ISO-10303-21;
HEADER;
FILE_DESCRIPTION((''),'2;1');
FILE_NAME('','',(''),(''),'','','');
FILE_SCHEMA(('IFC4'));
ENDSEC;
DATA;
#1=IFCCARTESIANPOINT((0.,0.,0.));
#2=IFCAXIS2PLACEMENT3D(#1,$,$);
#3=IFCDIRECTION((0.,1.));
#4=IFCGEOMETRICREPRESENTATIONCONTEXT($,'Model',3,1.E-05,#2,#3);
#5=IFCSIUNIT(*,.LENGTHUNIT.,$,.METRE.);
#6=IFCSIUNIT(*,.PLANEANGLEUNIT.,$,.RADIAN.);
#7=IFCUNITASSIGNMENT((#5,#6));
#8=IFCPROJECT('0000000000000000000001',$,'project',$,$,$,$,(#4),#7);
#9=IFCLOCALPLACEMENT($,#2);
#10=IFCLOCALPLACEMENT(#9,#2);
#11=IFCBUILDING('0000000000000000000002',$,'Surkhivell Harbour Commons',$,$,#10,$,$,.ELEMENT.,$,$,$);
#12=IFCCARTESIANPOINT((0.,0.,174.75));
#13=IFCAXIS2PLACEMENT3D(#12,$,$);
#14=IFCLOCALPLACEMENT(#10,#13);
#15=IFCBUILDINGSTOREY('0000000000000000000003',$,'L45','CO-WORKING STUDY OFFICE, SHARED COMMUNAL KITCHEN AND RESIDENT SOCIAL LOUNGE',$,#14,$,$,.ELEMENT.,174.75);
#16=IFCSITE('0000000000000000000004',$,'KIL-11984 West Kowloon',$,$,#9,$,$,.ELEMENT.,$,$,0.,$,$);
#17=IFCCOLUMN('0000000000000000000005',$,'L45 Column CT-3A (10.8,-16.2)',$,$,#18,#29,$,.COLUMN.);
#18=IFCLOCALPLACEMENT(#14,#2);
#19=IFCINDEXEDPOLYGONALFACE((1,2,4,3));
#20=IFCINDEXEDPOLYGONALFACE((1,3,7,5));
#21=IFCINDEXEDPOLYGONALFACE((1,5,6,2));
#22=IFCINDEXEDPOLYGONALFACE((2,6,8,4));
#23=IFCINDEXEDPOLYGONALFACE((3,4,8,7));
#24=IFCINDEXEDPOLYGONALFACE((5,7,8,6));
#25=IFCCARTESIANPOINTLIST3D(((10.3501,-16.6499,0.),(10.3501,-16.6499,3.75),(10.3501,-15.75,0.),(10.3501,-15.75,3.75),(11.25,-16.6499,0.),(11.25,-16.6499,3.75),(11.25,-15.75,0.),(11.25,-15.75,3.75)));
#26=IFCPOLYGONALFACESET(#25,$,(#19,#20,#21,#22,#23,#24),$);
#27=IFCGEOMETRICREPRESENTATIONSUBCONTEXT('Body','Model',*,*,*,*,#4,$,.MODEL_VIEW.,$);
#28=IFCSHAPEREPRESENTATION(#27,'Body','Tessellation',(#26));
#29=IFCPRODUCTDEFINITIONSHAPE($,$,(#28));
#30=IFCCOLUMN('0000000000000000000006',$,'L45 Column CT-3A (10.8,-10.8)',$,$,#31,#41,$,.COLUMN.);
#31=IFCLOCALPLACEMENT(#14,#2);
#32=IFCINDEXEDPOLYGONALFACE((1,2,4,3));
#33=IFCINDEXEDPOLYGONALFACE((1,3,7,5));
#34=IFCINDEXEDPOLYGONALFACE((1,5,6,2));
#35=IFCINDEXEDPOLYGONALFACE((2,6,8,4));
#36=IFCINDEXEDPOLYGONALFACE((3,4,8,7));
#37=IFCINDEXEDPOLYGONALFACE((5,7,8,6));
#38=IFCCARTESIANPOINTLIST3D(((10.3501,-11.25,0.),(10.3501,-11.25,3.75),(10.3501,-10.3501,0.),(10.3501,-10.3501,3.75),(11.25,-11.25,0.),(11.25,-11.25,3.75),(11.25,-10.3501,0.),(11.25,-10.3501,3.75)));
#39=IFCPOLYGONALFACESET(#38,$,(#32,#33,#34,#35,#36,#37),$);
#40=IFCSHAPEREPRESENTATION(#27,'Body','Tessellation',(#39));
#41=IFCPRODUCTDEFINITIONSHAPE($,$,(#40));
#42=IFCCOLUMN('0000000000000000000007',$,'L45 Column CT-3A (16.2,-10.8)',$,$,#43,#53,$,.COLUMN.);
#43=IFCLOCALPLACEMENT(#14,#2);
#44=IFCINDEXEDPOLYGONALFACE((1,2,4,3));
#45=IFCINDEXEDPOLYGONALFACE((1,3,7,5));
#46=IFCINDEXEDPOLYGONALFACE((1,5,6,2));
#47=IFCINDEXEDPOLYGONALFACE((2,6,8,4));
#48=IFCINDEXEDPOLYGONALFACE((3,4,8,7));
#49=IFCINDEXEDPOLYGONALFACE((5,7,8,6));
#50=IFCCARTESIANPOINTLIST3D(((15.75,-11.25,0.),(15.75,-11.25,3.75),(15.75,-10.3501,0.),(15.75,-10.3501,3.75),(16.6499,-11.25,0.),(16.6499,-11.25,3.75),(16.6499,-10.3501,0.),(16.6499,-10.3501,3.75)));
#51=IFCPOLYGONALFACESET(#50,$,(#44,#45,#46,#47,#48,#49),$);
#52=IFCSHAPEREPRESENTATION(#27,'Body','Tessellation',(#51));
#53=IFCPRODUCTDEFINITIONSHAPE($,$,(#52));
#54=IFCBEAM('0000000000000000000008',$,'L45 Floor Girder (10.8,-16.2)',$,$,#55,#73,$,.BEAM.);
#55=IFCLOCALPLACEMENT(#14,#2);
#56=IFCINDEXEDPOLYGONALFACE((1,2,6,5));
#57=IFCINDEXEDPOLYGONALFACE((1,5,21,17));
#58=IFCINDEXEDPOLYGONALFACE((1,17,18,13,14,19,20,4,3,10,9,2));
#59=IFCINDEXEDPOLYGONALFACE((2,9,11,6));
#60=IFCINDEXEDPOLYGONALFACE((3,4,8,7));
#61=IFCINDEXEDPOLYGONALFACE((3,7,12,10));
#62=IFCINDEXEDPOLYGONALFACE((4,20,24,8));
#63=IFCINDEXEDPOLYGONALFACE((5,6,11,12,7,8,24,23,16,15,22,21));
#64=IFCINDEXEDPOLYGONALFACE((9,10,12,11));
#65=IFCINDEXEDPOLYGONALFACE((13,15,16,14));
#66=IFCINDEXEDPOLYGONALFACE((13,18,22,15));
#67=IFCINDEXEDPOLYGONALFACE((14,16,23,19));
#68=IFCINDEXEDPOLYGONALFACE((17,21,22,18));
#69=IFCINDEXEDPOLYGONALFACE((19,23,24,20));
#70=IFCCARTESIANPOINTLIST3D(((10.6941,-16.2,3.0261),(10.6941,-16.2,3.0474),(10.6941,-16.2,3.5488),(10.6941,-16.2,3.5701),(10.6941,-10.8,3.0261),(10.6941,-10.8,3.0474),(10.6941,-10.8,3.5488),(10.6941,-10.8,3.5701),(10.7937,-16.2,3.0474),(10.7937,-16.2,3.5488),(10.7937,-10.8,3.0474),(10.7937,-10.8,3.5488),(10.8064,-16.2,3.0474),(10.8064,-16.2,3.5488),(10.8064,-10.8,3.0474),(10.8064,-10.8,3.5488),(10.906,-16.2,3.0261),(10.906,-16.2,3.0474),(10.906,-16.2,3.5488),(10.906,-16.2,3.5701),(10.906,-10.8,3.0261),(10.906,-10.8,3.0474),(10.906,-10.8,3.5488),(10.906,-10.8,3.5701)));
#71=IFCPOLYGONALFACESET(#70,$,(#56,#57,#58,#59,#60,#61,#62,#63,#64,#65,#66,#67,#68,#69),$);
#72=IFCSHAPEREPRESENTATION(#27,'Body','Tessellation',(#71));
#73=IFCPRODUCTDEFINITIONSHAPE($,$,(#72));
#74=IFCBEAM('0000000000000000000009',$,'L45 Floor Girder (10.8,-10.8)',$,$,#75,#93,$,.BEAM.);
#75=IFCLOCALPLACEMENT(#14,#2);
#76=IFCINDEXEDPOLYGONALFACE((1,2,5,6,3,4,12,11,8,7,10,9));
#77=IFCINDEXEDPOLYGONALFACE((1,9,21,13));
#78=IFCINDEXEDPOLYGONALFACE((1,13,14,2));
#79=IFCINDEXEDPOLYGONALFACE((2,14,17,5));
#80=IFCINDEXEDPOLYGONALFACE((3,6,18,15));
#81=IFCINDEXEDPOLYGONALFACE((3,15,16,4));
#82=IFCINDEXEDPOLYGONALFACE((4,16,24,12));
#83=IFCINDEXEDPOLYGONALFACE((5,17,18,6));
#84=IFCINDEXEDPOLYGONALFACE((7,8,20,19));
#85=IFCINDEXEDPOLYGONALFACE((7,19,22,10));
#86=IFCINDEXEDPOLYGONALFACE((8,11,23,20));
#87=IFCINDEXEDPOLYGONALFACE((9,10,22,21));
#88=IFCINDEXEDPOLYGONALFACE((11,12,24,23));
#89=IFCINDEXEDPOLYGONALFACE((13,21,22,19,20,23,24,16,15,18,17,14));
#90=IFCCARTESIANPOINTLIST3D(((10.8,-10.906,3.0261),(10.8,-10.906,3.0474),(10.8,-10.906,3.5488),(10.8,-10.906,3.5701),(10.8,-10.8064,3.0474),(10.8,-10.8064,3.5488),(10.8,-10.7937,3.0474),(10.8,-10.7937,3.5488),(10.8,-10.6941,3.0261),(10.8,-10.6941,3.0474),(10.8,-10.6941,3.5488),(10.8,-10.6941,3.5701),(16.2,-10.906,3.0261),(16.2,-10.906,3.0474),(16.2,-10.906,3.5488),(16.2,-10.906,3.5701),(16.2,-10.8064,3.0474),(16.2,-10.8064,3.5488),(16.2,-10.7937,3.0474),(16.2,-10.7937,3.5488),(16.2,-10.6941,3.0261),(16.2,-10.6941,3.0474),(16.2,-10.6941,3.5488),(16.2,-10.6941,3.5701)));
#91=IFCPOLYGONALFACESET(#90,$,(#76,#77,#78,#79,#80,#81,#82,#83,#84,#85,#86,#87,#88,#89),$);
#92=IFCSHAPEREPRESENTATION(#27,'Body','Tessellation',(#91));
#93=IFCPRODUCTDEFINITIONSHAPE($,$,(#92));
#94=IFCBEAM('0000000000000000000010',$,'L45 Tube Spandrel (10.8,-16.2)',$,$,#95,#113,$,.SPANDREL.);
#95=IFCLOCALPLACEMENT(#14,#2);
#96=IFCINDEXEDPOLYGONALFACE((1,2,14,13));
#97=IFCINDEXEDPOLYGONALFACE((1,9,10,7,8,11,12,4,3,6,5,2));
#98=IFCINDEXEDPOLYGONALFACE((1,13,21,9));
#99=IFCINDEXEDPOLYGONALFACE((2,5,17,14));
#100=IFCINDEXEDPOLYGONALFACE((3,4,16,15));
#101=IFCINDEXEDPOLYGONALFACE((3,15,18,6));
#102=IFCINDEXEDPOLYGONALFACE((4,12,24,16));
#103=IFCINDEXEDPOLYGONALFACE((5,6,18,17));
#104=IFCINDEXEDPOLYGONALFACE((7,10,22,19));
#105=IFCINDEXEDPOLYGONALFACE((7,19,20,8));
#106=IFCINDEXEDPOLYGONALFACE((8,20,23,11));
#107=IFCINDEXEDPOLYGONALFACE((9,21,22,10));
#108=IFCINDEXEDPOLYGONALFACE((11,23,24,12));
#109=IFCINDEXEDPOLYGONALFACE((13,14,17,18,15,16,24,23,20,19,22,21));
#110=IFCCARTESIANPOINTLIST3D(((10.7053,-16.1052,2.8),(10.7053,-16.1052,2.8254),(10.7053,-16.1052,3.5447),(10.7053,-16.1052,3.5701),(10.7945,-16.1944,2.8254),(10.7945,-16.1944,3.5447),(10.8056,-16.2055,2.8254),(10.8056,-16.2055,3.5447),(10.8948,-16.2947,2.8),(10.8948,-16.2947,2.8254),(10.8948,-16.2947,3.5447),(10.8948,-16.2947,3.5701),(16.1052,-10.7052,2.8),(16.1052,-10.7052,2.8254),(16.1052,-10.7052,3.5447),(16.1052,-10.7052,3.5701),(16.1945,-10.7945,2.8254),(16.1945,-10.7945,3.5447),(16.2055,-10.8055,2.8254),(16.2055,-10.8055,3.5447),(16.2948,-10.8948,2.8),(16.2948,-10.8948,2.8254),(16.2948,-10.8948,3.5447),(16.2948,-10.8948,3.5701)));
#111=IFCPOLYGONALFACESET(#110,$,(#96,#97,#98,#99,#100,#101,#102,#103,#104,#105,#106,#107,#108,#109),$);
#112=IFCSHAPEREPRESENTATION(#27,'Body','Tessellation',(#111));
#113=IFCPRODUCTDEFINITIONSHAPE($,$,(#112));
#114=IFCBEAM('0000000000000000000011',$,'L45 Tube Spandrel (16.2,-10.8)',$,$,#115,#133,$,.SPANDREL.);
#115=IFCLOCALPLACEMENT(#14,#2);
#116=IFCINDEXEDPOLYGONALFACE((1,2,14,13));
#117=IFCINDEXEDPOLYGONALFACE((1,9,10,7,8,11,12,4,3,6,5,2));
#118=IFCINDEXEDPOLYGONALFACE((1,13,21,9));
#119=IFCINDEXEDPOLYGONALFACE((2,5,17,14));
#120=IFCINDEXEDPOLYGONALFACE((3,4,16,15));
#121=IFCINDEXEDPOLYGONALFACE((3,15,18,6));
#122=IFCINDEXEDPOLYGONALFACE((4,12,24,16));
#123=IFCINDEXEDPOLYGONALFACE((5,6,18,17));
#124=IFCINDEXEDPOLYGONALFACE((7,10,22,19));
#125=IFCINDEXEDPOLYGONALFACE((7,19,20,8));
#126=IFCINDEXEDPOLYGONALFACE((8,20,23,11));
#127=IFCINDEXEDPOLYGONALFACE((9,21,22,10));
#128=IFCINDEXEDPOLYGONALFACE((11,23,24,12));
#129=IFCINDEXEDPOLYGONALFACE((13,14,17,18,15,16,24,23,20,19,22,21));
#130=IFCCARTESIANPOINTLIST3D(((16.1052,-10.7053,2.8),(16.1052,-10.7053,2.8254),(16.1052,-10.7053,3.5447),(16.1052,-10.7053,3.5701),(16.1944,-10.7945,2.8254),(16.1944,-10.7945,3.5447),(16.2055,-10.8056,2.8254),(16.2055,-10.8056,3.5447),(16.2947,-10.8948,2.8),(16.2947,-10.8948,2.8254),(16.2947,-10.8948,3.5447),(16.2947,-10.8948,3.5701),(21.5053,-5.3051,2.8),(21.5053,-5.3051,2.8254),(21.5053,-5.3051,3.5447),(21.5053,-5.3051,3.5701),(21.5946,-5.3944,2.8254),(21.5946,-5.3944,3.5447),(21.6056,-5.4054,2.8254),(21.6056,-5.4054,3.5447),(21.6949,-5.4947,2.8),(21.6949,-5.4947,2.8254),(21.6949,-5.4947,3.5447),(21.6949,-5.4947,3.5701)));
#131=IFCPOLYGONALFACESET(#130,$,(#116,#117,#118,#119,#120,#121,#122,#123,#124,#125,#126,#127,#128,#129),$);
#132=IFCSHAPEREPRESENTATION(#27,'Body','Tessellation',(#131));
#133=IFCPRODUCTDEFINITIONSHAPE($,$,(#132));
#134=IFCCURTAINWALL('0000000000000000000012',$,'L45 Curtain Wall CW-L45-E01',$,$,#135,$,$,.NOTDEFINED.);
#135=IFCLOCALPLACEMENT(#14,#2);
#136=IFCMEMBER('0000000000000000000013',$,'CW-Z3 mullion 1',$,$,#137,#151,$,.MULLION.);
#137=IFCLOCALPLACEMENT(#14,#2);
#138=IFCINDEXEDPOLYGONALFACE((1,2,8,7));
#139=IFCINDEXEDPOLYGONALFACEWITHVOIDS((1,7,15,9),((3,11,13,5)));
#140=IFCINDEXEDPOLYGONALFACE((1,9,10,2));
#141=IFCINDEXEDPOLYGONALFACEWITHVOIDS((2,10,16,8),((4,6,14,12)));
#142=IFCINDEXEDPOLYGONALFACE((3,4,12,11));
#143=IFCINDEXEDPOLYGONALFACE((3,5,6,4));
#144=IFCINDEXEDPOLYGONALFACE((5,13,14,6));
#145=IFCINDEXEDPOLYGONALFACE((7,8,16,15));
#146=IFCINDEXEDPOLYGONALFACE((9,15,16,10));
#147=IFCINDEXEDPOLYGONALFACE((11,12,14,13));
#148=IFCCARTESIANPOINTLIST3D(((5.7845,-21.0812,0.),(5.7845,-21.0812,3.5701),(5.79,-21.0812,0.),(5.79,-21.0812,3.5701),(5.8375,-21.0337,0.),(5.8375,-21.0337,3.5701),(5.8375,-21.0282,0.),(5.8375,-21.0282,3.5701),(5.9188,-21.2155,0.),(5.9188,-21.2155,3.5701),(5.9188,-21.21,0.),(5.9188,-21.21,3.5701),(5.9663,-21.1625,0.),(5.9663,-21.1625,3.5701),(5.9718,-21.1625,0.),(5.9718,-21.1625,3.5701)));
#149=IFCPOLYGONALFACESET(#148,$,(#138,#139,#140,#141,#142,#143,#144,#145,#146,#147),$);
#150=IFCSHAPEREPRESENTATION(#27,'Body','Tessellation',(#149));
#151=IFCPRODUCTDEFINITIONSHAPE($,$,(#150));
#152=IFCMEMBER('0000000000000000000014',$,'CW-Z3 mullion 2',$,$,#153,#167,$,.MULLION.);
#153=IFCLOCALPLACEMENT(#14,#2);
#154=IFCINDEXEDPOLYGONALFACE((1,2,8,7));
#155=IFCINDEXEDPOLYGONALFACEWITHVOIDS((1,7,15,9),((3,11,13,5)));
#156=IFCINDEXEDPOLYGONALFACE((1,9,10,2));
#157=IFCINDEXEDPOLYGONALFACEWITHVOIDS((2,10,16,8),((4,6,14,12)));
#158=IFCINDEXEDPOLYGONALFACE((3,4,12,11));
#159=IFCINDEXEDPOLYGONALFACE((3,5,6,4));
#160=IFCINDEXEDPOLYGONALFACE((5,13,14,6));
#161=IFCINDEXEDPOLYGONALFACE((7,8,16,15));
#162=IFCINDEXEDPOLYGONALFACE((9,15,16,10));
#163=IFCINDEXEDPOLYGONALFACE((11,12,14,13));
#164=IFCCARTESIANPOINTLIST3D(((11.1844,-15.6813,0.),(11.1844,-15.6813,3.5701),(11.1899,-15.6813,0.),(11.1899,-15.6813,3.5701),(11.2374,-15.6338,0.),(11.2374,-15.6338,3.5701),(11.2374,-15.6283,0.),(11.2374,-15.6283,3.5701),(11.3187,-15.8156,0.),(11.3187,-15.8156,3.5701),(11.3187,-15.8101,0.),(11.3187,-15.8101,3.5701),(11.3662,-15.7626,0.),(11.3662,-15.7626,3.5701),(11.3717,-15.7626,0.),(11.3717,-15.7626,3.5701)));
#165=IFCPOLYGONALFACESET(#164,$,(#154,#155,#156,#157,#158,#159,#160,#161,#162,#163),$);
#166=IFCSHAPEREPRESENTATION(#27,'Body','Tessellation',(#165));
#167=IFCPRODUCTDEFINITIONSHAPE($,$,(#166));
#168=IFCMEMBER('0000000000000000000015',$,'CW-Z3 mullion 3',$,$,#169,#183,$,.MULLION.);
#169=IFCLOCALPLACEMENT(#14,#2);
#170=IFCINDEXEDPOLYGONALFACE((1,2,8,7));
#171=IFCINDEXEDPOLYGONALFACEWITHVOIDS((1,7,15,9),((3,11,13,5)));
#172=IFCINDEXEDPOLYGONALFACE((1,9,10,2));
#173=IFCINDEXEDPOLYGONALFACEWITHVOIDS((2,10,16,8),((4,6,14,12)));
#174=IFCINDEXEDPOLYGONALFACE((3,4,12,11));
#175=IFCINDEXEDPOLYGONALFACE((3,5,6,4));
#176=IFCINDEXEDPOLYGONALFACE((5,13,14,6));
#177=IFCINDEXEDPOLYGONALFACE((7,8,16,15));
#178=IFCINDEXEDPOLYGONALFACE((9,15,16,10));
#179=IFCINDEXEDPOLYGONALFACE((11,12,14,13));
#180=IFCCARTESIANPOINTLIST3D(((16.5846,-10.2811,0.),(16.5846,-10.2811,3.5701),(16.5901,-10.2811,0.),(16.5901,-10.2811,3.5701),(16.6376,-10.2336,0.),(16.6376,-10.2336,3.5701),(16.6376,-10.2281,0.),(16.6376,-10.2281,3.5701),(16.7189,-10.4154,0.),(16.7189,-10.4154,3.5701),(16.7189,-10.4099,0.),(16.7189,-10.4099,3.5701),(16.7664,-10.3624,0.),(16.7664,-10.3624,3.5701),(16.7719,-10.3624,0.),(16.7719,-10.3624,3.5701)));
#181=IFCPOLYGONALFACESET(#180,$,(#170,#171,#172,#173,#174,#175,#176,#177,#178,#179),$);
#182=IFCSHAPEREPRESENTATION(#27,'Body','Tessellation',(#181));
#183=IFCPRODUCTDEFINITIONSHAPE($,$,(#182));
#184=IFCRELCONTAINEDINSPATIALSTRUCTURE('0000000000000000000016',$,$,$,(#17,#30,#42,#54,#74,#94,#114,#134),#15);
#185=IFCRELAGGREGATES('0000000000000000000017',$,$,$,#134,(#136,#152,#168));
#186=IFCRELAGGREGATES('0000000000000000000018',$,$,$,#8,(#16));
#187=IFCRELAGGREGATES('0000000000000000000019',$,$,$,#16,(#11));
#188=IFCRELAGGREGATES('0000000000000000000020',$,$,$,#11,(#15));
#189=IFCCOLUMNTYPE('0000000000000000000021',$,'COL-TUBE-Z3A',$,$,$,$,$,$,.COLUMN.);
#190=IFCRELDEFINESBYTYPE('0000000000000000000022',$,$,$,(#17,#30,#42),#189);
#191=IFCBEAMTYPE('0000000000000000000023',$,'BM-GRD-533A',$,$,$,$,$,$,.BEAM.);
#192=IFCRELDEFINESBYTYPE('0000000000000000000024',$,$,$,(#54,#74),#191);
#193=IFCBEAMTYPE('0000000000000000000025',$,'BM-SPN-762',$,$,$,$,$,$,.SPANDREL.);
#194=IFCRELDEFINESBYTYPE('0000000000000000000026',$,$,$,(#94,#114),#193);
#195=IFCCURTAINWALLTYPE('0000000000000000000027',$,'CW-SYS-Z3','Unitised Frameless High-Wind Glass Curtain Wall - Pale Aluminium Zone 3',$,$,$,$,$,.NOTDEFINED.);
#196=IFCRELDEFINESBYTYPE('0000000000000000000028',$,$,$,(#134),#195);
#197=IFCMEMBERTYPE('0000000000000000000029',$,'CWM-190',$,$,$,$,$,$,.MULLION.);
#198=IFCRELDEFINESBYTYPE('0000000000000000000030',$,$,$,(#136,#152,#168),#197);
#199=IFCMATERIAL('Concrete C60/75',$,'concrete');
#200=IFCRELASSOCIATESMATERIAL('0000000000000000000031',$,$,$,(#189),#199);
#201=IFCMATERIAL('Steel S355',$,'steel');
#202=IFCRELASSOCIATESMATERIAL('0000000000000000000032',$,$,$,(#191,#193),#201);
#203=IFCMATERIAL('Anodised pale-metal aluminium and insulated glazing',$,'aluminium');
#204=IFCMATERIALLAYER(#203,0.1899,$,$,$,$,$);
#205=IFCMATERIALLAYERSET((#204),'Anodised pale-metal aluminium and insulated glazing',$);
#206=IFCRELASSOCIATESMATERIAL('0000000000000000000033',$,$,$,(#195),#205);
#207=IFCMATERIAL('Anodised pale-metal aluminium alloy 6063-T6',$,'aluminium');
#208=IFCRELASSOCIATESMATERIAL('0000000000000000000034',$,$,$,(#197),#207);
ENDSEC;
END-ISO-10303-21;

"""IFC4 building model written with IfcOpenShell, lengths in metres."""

from ifc_helpers import new_model, si_unit, direction, frame, origin, origin_2d, place, context, subcontext, project, spatial, rectangle, hollow_rectangle, i_section, extrude, material, layer, layer_set, material_profile, profile_set, type_object, element, aggregate, save


model = new_model("IFC4")

# Units and contexts
model_context = context("Model", 3, precision=1e-05, world=origin(), true_north=direction((0.0, 1.0)))
body_context = subcontext(model_context, "Body", "Model", "MODEL_VIEW")
ifc_project = project(units=[si_unit("LENGTHUNIT", "METRE"), si_unit("PLANEANGLEUNIT", "RADIAN")], contexts=[model_context])

# Site, building, storey
site_placement = place(None, origin())
site = spatial("IfcSite", under=ifc_project, at=site_placement, Name="KIL-11984 West Kowloon", CompositionType="ELEMENT", RefElevation=0.0)
building_placement = place(site_placement, origin())
building = spatial("IfcBuilding", under=site, at=building_placement, Name="Surkhivell Harbour Commons", CompositionType="ELEMENT")
storey_placement = place(building_placement, frame((0.0, 0.0, 174.75)))
storey = spatial("IfcBuildingStorey", under=building, at=storey_placement, Name="L45", Description="CO-WORKING STUDY OFFICE, SHARED COMMUNAL KITCHEN AND RESIDENT SOCIAL LOUNGE", CompositionType="ELEMENT", Elevation=174.75)

# Columns
ifc_material_1 = material(Name="Concrete C60/75", Category="concrete")
ifc_material_profile_1 = material_profile(ifc_material_1, rectangle(XDim=0.8999, YDim=0.8999, at=origin_2d()), Name="RC-COL-900x900")
ifc_profile_set_1 = profile_set([ifc_material_profile_1], Name="Concrete C60/75")
column_type = type_object("IfcColumnType", Name="COL-TUBE-Z3A", PredefinedType="COLUMN", material=ifc_profile_set_1)
for number, where, z_axis, x_axis, name in (
    (1, (10.8, -16.2, 0.0), (0.0, 0.0, 1.0), (1.0, 0.0, 0.0), "L45 Column CT-3A (10.8,-16.2)"),
    (2, (10.8, -10.8, 0.0), (0.0, 0.0, 1.0), (1.0, 0.0, 0.0), "L45 Column CT-3A (10.8,-10.8)"),
    (3, (16.2, -10.8, 0.0), (0.0, 0.0, 1.0), (1.0, 0.0, 0.0), "L45 Column CT-3A (16.2,-10.8)"),
):
    element("IfcColumn", number, at=place(storey_placement, frame(where, z_axis=z_axis, x_axis=x_axis)), inside=storey, type_object=column_type, Name=name, PredefinedType="COLUMN", context=body_context, shape_type="SweptSolid", body=[
        extrude(rectangle(XDim=0.8999, YDim=0.8999, at=origin_2d()), origin(), (0.0, 0.0, 1.0), 3.75),
    ])

# Beams
ifc_material_2 = material(Name="Steel S355", Category="steel")
ifc_material_profile_2 = material_profile(ifc_material_2, i_section(OverallWidth=0.2119, OverallDepth=0.5439, WebThickness=0.0127, FlangeThickness=0.0212, at=origin_2d()), Name="UB533x210x122")
ifc_profile_set_2 = profile_set([ifc_material_profile_2], Name="Steel S355")
beam_type_1 = type_object("IfcBeamType", Name="BM-GRD-533A", PredefinedType="BEAM", material=ifc_profile_set_2)
for number, where, z_axis, x_axis, name in (
    (4, (10.8, -16.2, 3.2981), (0.0, 1.0, 0.0), (-1.0, 0.0, 0.0), "L45 Floor Girder (10.8,-16.2)"),
    (5, (10.8, -10.8, 3.2981), (1.0, 0.0, 0.0), (0.0, 1.0, 0.0), "L45 Floor Girder (10.8,-10.8)"),
):
    element("IfcBeam", number, at=place(storey_placement, frame(where, z_axis=z_axis, x_axis=x_axis)), inside=storey, type_object=beam_type_1, Name=name, PredefinedType="BEAM", context=body_context, shape_type="SweptSolid", body=[
        extrude(i_section(OverallWidth=0.2119, OverallDepth=0.5439, WebThickness=0.0127, FlangeThickness=0.0212, at=origin_2d()), origin(), (0.0, 0.0, 1.0), 5.3999),
    ])
ifc_material_profile_3 = material_profile(ifc_material_2, i_section(OverallWidth=0.2681, OverallDepth=0.77, WebThickness=0.0156, FlangeThickness=0.0254, at=origin_2d()), Name="UB762x267x197")
ifc_profile_set_3 = profile_set([ifc_material_profile_3], Name="Steel S355")
beam_type_2 = type_object("IfcBeamType", Name="BM-SPN-762", PredefinedType="SPANDREL", material=ifc_profile_set_3)
beam_1_placement = place(storey_placement, frame((10.8, -16.2, 3.1851), z_axis=(0.707107, 0.707107, 0.0), x_axis=(-0.707107, 0.707107, 0.0)))
element("IfcBeam", 6, at=beam_1_placement, inside=storey, type_object=beam_type_2, Name="L45 Tube Spandrel (10.8,-16.2)", PredefinedType="SPANDREL", context=body_context, shape_type="SweptSolid", body=[
    extrude(i_section(OverallWidth=0.2681, OverallDepth=0.77, WebThickness=0.0156, FlangeThickness=0.0254, at=origin_2d()), origin(), (0.0, 0.0, 1.0), 7.6367),
])
beam_2_placement = place(storey_placement, frame((16.2, -10.8, 3.1851), z_axis=(0.707107, 0.707107, 0.0), x_axis=(-0.707107, 0.707107, 0.0)))
element("IfcBeam", 7, at=beam_2_placement, inside=storey, type_object=beam_type_2, Name="L45 Tube Spandrel (16.2,-10.8)", PredefinedType="SPANDREL", context=body_context, shape_type="SweptSolid", body=[
    extrude(i_section(OverallWidth=0.2681, OverallDepth=0.77, WebThickness=0.0156, FlangeThickness=0.0254, at=origin_2d()), origin(), (0.0, 0.0, 1.0), 7.637),
])

# Curtain wall, members
ifc_material_3 = material(Name="Anodised pale-metal aluminium and insulated glazing", Category="aluminium")
ifc_layer_1 = layer(ifc_material_3, 0.1899)
ifc_layer_set_1 = layer_set([ifc_layer_1], Name="Anodised pale-metal aluminium and insulated glazing")
curtain_wall_type = type_object("IfcCurtainWallType", Name="CW-SYS-Z3", Description="Unitised Frameless High-Wind Glass Curtain Wall - Pale Aluminium Zone 3", PredefinedType="NOTDEFINED", material=ifc_layer_set_1)
curtain_wall_placement = place(storey_placement, origin())
curtain_wall = element("IfcCurtainWall", 8, at=curtain_wall_placement, inside=storey, type_object=curtain_wall_type, Name="L45 Curtain Wall CW-L45-E01", PredefinedType="NOTDEFINED")
ifc_material_4 = material(Name="Anodised pale-metal aluminium alloy 6063-T6", Category="aluminium")
ifc_material_profile_4 = material_profile(ifc_material_4, hollow_rectangle(XDim=0.075, YDim=0.1899, WallThickness=0.0039, at=origin_2d()), Name="ALU-MULL-75x190")
ifc_profile_set_4 = profile_set([ifc_material_profile_4], Name="Anodised pale-metal aluminium alloy 6063-T6")
member_type_1 = type_object("IfcMemberType", Name="CWM-190", PredefinedType="MULLION", material=ifc_profile_set_4)
member_1_placement = place(storey_placement, frame((5.8782, -21.1218, 0.0), z_axis=(0.0, 0.0, 1.0), x_axis=(0.707107, 0.707107, 0.0)))
member_1 = element("IfcMember", 9, at=member_1_placement, type_object=member_type_1, Name="CW-Z3 mullion 1", PredefinedType="MULLION", context=body_context, shape_type="SweptSolid", body=[
    extrude(hollow_rectangle(XDim=0.075, YDim=0.1899, WallThickness=0.0039, at=origin_2d()), origin(), (0.0, 0.0, 1.0), 3.5701),
])
member_2_placement = place(storey_placement, frame((11.2781, -15.7219, 0.0), z_axis=(0.0, 0.0, 1.0), x_axis=(0.707107, 0.707107, 0.0)))
member_2 = element("IfcMember", 10, at=member_2_placement, type_object=member_type_1, Name="CW-Z3 mullion 2", PredefinedType="MULLION", context=body_context, shape_type="SweptSolid", body=[
    extrude(hollow_rectangle(XDim=0.075, YDim=0.1899, WallThickness=0.0039, at=origin_2d()), origin(), (0.0, 0.0, 1.0), 3.5701),
])
member_3_placement = place(storey_placement, frame((16.6782, -10.3218, 0.0), z_axis=(0.0, 0.0, 1.0), x_axis=(0.707107, 0.707107, 0.0)))
member_3 = element("IfcMember", 11, at=member_3_placement, type_object=member_type_1, Name="CW-Z3 mullion 3", PredefinedType="MULLION", context=body_context, shape_type="SweptSolid", body=[
    extrude(hollow_rectangle(XDim=0.075, YDim=0.1899, WallThickness=0.0039, at=origin_2d()), origin(), (0.0, 0.0, 1.0), 3.5701),
])
aggregate(curtain_wall, [member_1, member_2, member_3])

save(model, "model.ifc")
